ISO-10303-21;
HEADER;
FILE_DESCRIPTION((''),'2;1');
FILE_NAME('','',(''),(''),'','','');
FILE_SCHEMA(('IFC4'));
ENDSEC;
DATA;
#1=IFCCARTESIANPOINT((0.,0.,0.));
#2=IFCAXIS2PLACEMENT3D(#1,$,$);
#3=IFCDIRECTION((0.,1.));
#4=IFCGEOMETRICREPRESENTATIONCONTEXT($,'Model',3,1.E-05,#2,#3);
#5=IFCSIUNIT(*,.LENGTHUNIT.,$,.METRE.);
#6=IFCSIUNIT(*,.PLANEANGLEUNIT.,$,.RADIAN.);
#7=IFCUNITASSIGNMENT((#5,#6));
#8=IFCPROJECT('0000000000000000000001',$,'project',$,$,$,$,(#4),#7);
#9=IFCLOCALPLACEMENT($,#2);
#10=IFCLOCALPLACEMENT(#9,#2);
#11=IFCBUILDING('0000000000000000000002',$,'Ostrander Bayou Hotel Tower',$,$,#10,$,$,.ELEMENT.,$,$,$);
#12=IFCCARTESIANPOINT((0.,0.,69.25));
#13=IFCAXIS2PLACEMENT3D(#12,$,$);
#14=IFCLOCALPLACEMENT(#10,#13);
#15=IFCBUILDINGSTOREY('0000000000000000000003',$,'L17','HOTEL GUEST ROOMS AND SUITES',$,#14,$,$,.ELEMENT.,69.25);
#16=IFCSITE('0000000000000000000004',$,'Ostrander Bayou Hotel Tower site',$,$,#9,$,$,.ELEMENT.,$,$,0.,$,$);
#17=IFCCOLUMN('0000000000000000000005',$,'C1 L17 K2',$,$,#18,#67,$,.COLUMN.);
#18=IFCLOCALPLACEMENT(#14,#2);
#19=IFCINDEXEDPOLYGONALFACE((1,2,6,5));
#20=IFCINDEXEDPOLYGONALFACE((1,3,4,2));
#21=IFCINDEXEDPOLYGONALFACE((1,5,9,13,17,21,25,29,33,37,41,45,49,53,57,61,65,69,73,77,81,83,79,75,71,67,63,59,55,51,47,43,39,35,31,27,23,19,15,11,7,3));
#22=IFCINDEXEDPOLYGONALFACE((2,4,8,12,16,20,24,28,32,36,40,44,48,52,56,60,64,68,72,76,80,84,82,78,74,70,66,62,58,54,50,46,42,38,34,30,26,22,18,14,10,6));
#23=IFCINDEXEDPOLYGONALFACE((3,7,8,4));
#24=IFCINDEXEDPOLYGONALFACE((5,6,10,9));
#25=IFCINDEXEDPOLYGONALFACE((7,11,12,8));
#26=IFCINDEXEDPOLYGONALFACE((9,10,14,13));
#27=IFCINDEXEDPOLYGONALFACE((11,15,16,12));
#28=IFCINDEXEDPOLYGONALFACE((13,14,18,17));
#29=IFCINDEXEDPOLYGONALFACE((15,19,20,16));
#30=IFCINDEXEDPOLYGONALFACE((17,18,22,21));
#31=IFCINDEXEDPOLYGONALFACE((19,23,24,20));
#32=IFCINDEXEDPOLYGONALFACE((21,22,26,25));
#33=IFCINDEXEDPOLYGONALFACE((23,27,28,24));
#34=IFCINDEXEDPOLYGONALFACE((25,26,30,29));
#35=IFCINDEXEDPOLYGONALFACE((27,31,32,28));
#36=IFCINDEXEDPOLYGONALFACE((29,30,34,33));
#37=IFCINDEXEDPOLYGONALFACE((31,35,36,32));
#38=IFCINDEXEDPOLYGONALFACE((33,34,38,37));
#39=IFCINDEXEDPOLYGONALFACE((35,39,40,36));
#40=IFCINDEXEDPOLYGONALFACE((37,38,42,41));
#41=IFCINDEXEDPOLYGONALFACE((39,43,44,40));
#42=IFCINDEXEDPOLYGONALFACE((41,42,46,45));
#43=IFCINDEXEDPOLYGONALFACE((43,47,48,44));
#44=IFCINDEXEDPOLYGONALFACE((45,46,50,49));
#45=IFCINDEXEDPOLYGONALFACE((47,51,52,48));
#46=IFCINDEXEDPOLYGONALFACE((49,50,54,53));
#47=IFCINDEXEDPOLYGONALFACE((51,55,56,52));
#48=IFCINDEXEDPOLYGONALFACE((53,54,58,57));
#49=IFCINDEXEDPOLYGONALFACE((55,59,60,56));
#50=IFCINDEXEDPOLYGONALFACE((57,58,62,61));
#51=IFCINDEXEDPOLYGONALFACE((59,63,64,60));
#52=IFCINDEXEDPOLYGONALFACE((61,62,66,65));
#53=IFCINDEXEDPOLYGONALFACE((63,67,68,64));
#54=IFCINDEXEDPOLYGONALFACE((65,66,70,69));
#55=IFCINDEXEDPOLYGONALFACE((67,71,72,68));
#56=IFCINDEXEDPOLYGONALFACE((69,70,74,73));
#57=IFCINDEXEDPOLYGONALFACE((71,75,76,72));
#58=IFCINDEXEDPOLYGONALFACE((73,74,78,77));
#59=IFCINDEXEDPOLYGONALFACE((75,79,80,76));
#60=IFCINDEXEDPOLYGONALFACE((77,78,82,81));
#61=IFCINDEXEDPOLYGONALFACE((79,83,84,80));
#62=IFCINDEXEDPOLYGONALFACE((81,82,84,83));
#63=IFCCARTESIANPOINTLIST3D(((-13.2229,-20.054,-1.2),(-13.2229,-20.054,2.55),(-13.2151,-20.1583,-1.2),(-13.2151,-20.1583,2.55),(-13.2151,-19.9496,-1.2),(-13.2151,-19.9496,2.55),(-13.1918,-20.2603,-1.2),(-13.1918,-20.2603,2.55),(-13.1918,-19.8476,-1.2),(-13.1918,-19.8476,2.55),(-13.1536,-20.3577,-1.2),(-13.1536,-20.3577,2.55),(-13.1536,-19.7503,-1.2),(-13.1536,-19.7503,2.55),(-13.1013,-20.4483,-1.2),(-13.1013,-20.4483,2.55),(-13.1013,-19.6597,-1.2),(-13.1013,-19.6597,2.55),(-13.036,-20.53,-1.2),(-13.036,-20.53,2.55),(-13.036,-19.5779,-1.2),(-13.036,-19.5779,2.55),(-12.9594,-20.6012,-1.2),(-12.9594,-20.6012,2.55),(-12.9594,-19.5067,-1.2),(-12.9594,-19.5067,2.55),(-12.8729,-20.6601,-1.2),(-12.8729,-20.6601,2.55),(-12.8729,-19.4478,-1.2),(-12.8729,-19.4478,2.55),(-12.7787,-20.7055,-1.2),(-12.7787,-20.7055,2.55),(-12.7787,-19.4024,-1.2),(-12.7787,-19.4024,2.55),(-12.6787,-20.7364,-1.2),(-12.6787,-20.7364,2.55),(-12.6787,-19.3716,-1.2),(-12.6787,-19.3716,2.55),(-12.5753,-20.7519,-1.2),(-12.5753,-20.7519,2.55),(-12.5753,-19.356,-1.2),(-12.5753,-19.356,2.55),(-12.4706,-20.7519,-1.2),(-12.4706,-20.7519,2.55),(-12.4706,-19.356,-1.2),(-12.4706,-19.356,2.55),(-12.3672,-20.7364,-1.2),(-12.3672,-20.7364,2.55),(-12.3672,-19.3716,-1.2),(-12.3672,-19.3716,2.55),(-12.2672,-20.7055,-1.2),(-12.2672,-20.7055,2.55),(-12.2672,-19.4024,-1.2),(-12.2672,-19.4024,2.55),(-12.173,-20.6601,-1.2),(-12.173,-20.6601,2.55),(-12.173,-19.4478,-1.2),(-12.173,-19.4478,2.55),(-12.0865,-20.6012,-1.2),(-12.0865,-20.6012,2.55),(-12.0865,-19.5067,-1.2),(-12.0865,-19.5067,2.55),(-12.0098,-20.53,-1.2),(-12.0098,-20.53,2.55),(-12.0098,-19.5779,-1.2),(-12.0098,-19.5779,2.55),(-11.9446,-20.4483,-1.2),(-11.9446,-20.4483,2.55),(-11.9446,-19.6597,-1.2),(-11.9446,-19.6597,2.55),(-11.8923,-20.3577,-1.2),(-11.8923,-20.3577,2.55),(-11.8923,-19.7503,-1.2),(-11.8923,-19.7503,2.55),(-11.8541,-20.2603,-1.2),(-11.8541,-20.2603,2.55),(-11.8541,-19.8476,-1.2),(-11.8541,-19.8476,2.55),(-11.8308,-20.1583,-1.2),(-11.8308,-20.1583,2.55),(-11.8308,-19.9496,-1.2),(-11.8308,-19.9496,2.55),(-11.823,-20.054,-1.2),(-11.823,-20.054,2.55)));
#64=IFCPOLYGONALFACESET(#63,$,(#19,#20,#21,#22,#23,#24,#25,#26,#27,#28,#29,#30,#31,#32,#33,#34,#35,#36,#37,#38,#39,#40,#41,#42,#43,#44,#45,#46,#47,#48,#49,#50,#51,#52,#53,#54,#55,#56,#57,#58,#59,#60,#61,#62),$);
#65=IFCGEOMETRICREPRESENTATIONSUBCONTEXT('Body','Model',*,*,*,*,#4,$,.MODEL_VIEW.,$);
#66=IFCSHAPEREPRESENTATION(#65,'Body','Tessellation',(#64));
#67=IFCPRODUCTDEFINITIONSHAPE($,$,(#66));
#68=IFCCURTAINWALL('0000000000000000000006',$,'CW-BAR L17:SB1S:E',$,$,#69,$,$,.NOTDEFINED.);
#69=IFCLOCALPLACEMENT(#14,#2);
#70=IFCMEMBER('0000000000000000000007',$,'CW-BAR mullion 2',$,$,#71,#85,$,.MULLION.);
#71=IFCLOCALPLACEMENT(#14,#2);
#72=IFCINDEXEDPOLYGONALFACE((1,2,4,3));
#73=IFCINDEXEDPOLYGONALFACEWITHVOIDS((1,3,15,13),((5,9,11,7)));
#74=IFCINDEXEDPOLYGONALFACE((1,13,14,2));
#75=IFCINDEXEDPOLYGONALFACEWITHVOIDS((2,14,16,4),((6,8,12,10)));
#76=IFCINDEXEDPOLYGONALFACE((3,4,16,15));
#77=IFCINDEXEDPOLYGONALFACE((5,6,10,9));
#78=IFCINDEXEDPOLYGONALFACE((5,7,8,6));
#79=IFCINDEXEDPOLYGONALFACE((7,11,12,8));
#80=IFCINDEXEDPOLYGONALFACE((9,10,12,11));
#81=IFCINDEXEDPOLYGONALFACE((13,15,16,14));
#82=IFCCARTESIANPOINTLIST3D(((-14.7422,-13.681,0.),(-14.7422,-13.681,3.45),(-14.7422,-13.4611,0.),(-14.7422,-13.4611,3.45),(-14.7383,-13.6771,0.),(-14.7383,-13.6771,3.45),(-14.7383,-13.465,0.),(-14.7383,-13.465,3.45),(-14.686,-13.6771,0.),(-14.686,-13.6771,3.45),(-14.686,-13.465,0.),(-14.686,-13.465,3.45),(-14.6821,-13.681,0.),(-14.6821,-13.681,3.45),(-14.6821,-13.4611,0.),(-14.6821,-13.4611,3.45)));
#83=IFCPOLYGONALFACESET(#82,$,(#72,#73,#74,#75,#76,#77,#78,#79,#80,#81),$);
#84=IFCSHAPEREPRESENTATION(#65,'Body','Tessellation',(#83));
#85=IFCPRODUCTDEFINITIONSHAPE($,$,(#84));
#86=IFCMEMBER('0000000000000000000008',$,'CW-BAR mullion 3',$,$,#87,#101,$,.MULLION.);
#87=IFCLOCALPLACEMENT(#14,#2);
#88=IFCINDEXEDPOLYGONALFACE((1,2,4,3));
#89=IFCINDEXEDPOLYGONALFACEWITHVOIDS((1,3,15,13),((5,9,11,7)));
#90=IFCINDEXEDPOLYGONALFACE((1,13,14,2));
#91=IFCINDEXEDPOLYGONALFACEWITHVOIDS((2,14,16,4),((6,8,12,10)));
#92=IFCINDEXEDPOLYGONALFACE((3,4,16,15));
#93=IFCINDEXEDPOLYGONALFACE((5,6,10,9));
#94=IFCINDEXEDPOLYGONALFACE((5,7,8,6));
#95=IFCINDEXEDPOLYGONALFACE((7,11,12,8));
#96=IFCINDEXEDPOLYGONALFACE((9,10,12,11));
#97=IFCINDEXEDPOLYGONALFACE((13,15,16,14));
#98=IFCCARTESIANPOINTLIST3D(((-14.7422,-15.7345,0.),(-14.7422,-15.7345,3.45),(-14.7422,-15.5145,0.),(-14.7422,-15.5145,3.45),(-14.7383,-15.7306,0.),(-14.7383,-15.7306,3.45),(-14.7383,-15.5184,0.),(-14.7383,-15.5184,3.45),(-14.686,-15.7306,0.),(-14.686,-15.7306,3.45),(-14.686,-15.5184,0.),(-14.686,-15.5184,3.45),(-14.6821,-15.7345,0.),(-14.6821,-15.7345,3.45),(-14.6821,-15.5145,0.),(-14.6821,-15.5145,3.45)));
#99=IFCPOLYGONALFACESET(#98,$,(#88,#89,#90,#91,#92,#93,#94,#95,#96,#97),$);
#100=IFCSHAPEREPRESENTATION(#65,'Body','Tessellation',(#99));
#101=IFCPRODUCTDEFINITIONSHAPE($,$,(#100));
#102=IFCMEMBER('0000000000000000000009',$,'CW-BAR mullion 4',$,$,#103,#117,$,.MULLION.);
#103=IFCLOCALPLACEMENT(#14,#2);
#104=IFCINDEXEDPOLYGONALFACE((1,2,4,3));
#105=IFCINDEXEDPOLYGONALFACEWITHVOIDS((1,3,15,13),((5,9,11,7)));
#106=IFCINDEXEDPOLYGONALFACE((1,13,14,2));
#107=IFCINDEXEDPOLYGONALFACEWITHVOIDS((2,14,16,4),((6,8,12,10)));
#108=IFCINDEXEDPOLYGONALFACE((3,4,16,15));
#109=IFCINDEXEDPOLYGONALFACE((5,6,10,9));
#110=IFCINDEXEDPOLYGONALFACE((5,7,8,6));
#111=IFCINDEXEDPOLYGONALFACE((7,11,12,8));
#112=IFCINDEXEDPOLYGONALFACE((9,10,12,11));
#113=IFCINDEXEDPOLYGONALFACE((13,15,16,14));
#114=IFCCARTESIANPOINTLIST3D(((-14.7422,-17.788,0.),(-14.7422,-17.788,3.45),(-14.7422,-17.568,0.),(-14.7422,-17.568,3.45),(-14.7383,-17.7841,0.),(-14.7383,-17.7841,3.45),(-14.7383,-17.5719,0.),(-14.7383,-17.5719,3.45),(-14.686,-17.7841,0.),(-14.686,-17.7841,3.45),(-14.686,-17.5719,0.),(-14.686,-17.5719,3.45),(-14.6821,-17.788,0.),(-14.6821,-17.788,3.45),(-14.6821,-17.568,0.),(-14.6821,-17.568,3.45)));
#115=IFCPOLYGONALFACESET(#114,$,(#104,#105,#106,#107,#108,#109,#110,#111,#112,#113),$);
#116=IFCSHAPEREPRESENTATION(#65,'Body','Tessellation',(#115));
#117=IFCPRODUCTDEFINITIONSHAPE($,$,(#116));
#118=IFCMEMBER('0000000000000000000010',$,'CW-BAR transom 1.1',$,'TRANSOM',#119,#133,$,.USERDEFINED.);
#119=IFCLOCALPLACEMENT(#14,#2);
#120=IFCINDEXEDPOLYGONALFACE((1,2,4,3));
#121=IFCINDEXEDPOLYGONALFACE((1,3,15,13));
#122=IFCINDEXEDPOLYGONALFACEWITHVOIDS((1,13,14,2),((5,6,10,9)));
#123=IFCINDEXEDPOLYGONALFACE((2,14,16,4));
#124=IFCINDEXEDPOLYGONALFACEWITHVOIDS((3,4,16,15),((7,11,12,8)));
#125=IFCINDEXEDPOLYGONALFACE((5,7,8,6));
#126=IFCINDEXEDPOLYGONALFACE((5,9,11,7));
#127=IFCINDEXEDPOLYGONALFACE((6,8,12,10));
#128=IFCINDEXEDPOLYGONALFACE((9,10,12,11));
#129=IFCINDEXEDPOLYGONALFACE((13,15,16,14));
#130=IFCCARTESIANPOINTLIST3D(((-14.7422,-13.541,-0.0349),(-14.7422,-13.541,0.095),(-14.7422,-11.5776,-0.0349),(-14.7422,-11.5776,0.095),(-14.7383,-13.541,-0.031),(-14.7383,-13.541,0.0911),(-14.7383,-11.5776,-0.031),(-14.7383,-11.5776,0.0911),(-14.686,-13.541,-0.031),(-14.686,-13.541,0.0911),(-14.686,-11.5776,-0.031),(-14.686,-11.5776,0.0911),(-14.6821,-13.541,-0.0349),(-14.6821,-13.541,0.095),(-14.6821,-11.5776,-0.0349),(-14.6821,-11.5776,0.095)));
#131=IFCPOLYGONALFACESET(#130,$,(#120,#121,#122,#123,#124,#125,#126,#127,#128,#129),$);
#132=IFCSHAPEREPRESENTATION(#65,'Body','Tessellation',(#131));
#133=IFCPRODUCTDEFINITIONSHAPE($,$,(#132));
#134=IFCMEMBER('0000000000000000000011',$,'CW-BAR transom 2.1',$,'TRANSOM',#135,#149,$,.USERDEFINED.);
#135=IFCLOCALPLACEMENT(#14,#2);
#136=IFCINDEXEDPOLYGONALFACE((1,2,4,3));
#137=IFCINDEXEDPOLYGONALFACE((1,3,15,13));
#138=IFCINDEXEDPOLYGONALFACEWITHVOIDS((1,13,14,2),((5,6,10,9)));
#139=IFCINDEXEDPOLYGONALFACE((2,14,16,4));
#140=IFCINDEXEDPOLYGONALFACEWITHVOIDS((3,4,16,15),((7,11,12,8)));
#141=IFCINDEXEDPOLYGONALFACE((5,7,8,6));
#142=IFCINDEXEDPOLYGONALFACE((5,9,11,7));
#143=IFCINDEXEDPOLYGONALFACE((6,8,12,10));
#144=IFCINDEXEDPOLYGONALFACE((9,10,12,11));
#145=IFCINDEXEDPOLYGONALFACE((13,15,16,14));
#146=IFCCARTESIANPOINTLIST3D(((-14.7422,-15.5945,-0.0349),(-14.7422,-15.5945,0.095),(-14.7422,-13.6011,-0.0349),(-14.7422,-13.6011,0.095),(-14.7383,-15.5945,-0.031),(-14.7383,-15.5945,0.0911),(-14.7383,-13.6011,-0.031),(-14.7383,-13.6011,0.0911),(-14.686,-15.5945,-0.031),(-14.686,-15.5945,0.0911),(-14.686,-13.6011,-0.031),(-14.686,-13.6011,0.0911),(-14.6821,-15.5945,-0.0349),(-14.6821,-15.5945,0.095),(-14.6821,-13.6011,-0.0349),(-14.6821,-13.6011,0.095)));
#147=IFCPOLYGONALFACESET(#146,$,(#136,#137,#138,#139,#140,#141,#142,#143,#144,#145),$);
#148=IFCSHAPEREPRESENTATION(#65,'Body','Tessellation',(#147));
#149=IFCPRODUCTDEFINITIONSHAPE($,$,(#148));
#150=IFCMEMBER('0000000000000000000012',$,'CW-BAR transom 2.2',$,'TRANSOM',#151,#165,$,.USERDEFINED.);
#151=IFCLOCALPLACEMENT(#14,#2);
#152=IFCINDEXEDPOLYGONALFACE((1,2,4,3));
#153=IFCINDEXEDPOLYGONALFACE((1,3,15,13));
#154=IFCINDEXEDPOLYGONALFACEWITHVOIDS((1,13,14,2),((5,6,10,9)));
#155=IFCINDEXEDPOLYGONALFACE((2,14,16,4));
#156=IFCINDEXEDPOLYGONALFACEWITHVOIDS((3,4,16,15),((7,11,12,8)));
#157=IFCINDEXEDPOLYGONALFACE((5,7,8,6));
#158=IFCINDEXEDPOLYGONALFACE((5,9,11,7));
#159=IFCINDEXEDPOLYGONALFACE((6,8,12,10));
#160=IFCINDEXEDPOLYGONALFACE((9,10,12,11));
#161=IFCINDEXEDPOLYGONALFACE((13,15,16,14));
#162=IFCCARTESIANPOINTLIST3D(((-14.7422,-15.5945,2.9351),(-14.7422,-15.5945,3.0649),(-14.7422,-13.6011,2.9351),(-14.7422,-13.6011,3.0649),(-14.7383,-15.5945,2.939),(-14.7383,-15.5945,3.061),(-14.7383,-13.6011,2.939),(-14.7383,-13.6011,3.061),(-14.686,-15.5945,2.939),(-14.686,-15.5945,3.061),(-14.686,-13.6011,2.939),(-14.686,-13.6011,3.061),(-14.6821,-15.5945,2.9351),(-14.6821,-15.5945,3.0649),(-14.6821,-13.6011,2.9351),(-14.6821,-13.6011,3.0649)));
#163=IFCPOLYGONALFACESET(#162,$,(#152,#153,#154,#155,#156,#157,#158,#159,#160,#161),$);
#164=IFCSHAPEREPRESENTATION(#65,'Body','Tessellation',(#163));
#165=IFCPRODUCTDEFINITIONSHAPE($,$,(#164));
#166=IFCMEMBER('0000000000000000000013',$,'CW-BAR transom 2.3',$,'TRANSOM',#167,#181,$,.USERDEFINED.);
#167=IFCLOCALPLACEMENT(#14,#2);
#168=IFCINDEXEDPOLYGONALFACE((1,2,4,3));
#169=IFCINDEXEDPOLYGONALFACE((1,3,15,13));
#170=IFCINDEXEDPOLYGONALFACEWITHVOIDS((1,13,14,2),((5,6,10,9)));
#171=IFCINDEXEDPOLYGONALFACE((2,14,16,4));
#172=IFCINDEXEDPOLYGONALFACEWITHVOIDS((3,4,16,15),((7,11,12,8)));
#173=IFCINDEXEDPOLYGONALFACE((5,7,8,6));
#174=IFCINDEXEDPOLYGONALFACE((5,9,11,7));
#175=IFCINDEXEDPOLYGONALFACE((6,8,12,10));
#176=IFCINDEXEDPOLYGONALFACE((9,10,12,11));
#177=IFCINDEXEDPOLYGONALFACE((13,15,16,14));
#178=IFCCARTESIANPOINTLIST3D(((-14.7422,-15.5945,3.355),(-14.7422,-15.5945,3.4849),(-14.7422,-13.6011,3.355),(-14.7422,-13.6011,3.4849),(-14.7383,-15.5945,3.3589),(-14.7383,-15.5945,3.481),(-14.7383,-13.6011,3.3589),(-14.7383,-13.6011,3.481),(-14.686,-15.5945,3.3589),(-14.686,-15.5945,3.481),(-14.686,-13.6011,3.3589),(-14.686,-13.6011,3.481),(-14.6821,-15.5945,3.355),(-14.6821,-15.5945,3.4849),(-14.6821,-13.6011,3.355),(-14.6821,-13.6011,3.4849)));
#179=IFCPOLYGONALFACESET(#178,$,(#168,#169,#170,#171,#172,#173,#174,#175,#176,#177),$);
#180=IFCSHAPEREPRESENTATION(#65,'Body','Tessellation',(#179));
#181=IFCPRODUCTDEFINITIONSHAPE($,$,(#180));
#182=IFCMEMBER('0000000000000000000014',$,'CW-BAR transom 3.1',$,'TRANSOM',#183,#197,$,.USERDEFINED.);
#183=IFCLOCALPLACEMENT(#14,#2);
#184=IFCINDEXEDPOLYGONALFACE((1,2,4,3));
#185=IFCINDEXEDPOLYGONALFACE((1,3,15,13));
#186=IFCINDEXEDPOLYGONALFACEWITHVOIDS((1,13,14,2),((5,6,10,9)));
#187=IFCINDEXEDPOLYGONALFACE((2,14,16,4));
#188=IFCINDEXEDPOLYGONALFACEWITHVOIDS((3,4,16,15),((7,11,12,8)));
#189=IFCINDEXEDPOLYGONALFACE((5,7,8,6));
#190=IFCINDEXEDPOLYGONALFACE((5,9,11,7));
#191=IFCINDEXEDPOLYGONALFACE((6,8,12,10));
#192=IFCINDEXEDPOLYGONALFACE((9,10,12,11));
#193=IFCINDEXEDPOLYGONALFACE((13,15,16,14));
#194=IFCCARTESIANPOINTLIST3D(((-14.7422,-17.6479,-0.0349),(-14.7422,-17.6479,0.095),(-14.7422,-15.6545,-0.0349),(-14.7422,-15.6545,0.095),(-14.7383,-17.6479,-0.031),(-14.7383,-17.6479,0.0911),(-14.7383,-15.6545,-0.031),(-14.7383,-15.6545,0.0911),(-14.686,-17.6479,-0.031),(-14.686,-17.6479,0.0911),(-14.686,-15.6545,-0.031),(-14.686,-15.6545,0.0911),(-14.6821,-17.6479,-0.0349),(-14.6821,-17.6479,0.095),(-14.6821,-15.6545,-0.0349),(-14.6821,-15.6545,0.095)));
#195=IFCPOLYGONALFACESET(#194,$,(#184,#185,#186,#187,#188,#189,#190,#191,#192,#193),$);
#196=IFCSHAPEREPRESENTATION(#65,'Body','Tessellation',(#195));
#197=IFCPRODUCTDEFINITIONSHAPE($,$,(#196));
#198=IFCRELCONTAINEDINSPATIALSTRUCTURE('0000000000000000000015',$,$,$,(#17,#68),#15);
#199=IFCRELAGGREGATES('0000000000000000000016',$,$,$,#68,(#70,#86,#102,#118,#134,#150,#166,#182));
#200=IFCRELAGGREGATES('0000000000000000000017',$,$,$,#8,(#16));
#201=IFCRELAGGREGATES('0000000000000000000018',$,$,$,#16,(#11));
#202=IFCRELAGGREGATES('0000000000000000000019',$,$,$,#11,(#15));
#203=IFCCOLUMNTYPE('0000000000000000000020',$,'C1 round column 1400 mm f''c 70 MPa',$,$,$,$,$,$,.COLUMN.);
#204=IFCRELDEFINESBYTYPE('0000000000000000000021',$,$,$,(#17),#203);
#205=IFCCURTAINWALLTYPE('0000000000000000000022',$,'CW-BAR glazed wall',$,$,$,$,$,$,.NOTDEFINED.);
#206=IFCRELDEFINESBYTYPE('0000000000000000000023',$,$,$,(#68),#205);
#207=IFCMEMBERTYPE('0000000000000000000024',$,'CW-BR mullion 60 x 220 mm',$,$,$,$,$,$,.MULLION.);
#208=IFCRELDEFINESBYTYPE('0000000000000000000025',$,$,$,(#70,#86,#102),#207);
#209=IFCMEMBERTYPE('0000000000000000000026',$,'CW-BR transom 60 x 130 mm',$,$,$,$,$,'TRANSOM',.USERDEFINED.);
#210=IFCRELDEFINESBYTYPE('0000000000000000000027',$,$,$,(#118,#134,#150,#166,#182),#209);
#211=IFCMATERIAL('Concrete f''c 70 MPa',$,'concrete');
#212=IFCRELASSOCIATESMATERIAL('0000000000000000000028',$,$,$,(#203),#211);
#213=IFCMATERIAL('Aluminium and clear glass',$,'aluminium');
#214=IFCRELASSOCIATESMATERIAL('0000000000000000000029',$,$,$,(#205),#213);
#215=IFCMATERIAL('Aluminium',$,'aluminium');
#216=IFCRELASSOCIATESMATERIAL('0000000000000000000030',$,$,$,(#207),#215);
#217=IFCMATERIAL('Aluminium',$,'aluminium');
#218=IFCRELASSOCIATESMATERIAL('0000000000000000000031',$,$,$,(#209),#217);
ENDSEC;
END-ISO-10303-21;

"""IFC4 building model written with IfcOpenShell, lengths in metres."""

from ifc_helpers import new_model, si_unit, direction, frame, origin, origin_2d, place, context, subcontext, project, spatial, hollow_rectangle, circle, extrude, material, material_profile, profile_set, type_object, element, aggregate, save


model = new_model("IFC4")

# Units and contexts
model_context = context("Model", 3, precision=1e-05, world=origin(), true_north=direction((0.0, 1.0)))
body_context = subcontext(model_context, "Body", "Model", "MODEL_VIEW")
ifc_project = project(units=[si_unit("LENGTHUNIT", "METRE"), si_unit("PLANEANGLEUNIT", "RADIAN")], contexts=[model_context])

# Site, building, storey
site_placement = place(None, origin())
site = spatial("IfcSite", under=ifc_project, at=site_placement, Name="Ostrander Bayou Hotel Tower site", CompositionType="ELEMENT", RefElevation=0.0)
building_placement = place(site_placement, origin())
building = spatial("IfcBuilding", under=site, at=building_placement, Name="Ostrander Bayou Hotel Tower", CompositionType="ELEMENT")
storey_placement = place(building_placement, frame((0.0, 0.0, 69.25)))
storey = spatial("IfcBuildingStorey", under=building, at=storey_placement, Name="L17", Description="HOTEL GUEST ROOMS AND SUITES", CompositionType="ELEMENT", Elevation=69.25)

# Column
ifc_material_1 = material(Name="Concrete f'c 70 MPa", Category="concrete")
ifc_material_profile_1 = material_profile(ifc_material_1, circle(Radius=0.7, at=origin_2d()))
ifc_profile_set_1 = profile_set([ifc_material_profile_1], Name="Concrete f'c 70 MPa")
column_type = type_object("IfcColumnType", Name="C1 round column 1400 mm f'c 70 MPa", PredefinedType="COLUMN", material=ifc_profile_set_1)
column_placement = place(storey_placement, frame((-12.5229, -20.054, -1.2), z_axis=(0.0, 0.0, 1.0), x_axis=(1.0, 0.0, 0.0)))
element("IfcColumn", 1, at=column_placement, inside=storey, type_object=column_type, Name="C1 L17 K2", PredefinedType="COLUMN", context=body_context, shape_type="SweptSolid", body=[
    extrude(circle(Radius=0.7, at=origin_2d()), origin(), (0.0, 0.0, 1.0), 3.75),
])

# Curtain wall, members
ifc_material_2 = material(Name="Aluminium and clear glass", Category="aluminium")
curtain_wall_type = type_object("IfcCurtainWallType", Name="CW-BAR glazed wall", PredefinedType="NOTDEFINED", material=ifc_material_2)
curtain_wall_placement = place(storey_placement, origin())
curtain_wall = element("IfcCurtainWall", 2, at=curtain_wall_placement, inside=storey, type_object=curtain_wall_type, Name="CW-BAR L17:SB1S:E", PredefinedType="NOTDEFINED")
ifc_material_3 = material(Name="Aluminium", Category="aluminium")
ifc_material_profile_2 = material_profile(ifc_material_3, hollow_rectangle(XDim=0.0601, YDim=0.22, WallThickness=0.0039, at=origin_2d()))
ifc_profile_set_2 = profile_set([ifc_material_profile_2], Name="Aluminium")
member_type_1 = type_object("IfcMemberType", Name="CW-BR mullion 60 x 220 mm", PredefinedType="MULLION", material=ifc_profile_set_2)
member_1_placement = place(storey_placement, frame((-14.7122, -13.571, 0.0), z_axis=(0.0, 0.0, 1.0), x_axis=(1.0, 0.0, 0.0)))
member_1 = element("IfcMember", 3, at=member_1_placement, type_object=member_type_1, Name="CW-BAR mullion 2", PredefinedType="MULLION", context=body_context, shape_type="SweptSolid", body=[
    extrude(hollow_rectangle(XDim=0.0601, YDim=0.22, WallThickness=0.0039, at=origin_2d()), origin(), (0.0, 0.0, 1.0), 3.45),
])
member_2_placement = place(storey_placement, frame((-14.7122, -15.6245, 0.0), z_axis=(0.0, 0.0, 1.0), x_axis=(1.0, 0.0, 0.0)))
member_2 = element("IfcMember", 4, at=member_2_placement, type_object=member_type_1, Name="CW-BAR mullion 3", PredefinedType="MULLION", context=body_context, shape_type="SweptSolid", body=[
    extrude(hollow_rectangle(XDim=0.0601, YDim=0.22, WallThickness=0.0039, at=origin_2d()), origin(), (0.0, 0.0, 1.0), 3.45),
])
member_3_placement = place(storey_placement, frame((-14.7122, -17.678, 0.0), z_axis=(0.0, 0.0, 1.0), x_axis=(1.0, 0.0, 0.0)))
member_3 = element("IfcMember", 5, at=member_3_placement, type_object=member_type_1, Name="CW-BAR mullion 4", PredefinedType="MULLION", context=body_context, shape_type="SweptSolid", body=[
    extrude(hollow_rectangle(XDim=0.0601, YDim=0.22, WallThickness=0.0039, at=origin_2d()), origin(), (0.0, 0.0, 1.0), 3.45),
])
ifc_material_4 = material(Name="Aluminium", Category="aluminium")
ifc_material_profile_3 = material_profile(ifc_material_4, hollow_rectangle(XDim=0.0601, YDim=0.1299, WallThickness=0.0039, at=origin_2d()))
ifc_profile_set_3 = profile_set([ifc_material_profile_3], Name="Aluminium")
member_type_2 = type_object("IfcMemberType", Name="CW-BR transom 60 x 130 mm", ElementType="TRANSOM", PredefinedType="USERDEFINED", material=ifc_profile_set_3)
member_4_placement = place(storey_placement, frame((-14.7122, -11.5776, 0.03), z_axis=(0.0, -1.0, 0.0), x_axis=(1.0, 0.0, 0.0)))
member_4 = element("IfcMember", 6, at=member_4_placement, type_object=member_type_2, Name="CW-BAR transom 1.1", ObjectType="TRANSOM", PredefinedType="USERDEFINED", context=body_context, shape_type="SweptSolid", body=[
    extrude(hollow_rectangle(XDim=0.0601, YDim=0.1299, WallThickness=0.0039, at=origin_2d()), origin(), (0.0, 0.0, 1.0), 1.9634),
])
member_5_placement = place(storey_placement, frame((-14.7122, -13.6011, 0.03), z_axis=(0.0, -1.0, 0.0), x_axis=(1.0, 0.0, 0.0)))
member_5 = element("IfcMember", 7, at=member_5_placement, type_object=member_type_2, Name="CW-BAR transom 2.1", ObjectType="TRANSOM", PredefinedType="USERDEFINED", context=body_context, shape_type="SweptSolid", body=[
    extrude(hollow_rectangle(XDim=0.0601, YDim=0.1299, WallThickness=0.0039, at=origin_2d()), origin(), (0.0, 0.0, 1.0), 1.9934),
])
member_6_placement = place(storey_placement, frame((-14.7122, -13.6011, 3.0), z_axis=(0.0, -1.0, 0.0), x_axis=(1.0, 0.0, 0.0)))
member_6 = element("IfcMember", 8, at=member_6_placement, type_object=member_type_2, Name="CW-BAR transom 2.2", ObjectType="TRANSOM", PredefinedType="USERDEFINED", context=body_context, shape_type="SweptSolid", body=[
    extrude(hollow_rectangle(XDim=0.0601, YDim=0.1299, WallThickness=0.0039, at=origin_2d()), origin(), (0.0, 0.0, 1.0), 1.9934),
])
member_7_placement = place(storey_placement, frame((-14.7122, -13.6011, 3.4199), z_axis=(0.0, -1.0, 0.0), x_axis=(1.0, 0.0, 0.0)))
member_7 = element("IfcMember", 9, at=member_7_placement, type_object=member_type_2, Name="CW-BAR transom 2.3", ObjectType="TRANSOM", PredefinedType="USERDEFINED", context=body_context, shape_type="SweptSolid", body=[
    extrude(hollow_rectangle(XDim=0.0601, YDim=0.1299, WallThickness=0.0039, at=origin_2d()), origin(), (0.0, 0.0, 1.0), 1.9934),
])
member_8_placement = place(storey_placement, frame((-14.7122, -15.6545, 0.03), z_axis=(0.0, -1.0, 0.0), x_axis=(1.0, 0.0, 0.0)))
member_8 = element("IfcMember", 10, at=member_8_placement, type_object=member_type_2, Name="CW-BAR transom 3.1", ObjectType="TRANSOM", PredefinedType="USERDEFINED", context=body_context, shape_type="SweptSolid", body=[
    extrude(hollow_rectangle(XDim=0.0601, YDim=0.1299, WallThickness=0.0039, at=origin_2d()), origin(), (0.0, 0.0, 1.0), 1.9934),
])
aggregate(curtain_wall, [member_1, member_2, member_3, member_4, member_5, member_6, member_7, member_8])

save(model, "model.ifc")
